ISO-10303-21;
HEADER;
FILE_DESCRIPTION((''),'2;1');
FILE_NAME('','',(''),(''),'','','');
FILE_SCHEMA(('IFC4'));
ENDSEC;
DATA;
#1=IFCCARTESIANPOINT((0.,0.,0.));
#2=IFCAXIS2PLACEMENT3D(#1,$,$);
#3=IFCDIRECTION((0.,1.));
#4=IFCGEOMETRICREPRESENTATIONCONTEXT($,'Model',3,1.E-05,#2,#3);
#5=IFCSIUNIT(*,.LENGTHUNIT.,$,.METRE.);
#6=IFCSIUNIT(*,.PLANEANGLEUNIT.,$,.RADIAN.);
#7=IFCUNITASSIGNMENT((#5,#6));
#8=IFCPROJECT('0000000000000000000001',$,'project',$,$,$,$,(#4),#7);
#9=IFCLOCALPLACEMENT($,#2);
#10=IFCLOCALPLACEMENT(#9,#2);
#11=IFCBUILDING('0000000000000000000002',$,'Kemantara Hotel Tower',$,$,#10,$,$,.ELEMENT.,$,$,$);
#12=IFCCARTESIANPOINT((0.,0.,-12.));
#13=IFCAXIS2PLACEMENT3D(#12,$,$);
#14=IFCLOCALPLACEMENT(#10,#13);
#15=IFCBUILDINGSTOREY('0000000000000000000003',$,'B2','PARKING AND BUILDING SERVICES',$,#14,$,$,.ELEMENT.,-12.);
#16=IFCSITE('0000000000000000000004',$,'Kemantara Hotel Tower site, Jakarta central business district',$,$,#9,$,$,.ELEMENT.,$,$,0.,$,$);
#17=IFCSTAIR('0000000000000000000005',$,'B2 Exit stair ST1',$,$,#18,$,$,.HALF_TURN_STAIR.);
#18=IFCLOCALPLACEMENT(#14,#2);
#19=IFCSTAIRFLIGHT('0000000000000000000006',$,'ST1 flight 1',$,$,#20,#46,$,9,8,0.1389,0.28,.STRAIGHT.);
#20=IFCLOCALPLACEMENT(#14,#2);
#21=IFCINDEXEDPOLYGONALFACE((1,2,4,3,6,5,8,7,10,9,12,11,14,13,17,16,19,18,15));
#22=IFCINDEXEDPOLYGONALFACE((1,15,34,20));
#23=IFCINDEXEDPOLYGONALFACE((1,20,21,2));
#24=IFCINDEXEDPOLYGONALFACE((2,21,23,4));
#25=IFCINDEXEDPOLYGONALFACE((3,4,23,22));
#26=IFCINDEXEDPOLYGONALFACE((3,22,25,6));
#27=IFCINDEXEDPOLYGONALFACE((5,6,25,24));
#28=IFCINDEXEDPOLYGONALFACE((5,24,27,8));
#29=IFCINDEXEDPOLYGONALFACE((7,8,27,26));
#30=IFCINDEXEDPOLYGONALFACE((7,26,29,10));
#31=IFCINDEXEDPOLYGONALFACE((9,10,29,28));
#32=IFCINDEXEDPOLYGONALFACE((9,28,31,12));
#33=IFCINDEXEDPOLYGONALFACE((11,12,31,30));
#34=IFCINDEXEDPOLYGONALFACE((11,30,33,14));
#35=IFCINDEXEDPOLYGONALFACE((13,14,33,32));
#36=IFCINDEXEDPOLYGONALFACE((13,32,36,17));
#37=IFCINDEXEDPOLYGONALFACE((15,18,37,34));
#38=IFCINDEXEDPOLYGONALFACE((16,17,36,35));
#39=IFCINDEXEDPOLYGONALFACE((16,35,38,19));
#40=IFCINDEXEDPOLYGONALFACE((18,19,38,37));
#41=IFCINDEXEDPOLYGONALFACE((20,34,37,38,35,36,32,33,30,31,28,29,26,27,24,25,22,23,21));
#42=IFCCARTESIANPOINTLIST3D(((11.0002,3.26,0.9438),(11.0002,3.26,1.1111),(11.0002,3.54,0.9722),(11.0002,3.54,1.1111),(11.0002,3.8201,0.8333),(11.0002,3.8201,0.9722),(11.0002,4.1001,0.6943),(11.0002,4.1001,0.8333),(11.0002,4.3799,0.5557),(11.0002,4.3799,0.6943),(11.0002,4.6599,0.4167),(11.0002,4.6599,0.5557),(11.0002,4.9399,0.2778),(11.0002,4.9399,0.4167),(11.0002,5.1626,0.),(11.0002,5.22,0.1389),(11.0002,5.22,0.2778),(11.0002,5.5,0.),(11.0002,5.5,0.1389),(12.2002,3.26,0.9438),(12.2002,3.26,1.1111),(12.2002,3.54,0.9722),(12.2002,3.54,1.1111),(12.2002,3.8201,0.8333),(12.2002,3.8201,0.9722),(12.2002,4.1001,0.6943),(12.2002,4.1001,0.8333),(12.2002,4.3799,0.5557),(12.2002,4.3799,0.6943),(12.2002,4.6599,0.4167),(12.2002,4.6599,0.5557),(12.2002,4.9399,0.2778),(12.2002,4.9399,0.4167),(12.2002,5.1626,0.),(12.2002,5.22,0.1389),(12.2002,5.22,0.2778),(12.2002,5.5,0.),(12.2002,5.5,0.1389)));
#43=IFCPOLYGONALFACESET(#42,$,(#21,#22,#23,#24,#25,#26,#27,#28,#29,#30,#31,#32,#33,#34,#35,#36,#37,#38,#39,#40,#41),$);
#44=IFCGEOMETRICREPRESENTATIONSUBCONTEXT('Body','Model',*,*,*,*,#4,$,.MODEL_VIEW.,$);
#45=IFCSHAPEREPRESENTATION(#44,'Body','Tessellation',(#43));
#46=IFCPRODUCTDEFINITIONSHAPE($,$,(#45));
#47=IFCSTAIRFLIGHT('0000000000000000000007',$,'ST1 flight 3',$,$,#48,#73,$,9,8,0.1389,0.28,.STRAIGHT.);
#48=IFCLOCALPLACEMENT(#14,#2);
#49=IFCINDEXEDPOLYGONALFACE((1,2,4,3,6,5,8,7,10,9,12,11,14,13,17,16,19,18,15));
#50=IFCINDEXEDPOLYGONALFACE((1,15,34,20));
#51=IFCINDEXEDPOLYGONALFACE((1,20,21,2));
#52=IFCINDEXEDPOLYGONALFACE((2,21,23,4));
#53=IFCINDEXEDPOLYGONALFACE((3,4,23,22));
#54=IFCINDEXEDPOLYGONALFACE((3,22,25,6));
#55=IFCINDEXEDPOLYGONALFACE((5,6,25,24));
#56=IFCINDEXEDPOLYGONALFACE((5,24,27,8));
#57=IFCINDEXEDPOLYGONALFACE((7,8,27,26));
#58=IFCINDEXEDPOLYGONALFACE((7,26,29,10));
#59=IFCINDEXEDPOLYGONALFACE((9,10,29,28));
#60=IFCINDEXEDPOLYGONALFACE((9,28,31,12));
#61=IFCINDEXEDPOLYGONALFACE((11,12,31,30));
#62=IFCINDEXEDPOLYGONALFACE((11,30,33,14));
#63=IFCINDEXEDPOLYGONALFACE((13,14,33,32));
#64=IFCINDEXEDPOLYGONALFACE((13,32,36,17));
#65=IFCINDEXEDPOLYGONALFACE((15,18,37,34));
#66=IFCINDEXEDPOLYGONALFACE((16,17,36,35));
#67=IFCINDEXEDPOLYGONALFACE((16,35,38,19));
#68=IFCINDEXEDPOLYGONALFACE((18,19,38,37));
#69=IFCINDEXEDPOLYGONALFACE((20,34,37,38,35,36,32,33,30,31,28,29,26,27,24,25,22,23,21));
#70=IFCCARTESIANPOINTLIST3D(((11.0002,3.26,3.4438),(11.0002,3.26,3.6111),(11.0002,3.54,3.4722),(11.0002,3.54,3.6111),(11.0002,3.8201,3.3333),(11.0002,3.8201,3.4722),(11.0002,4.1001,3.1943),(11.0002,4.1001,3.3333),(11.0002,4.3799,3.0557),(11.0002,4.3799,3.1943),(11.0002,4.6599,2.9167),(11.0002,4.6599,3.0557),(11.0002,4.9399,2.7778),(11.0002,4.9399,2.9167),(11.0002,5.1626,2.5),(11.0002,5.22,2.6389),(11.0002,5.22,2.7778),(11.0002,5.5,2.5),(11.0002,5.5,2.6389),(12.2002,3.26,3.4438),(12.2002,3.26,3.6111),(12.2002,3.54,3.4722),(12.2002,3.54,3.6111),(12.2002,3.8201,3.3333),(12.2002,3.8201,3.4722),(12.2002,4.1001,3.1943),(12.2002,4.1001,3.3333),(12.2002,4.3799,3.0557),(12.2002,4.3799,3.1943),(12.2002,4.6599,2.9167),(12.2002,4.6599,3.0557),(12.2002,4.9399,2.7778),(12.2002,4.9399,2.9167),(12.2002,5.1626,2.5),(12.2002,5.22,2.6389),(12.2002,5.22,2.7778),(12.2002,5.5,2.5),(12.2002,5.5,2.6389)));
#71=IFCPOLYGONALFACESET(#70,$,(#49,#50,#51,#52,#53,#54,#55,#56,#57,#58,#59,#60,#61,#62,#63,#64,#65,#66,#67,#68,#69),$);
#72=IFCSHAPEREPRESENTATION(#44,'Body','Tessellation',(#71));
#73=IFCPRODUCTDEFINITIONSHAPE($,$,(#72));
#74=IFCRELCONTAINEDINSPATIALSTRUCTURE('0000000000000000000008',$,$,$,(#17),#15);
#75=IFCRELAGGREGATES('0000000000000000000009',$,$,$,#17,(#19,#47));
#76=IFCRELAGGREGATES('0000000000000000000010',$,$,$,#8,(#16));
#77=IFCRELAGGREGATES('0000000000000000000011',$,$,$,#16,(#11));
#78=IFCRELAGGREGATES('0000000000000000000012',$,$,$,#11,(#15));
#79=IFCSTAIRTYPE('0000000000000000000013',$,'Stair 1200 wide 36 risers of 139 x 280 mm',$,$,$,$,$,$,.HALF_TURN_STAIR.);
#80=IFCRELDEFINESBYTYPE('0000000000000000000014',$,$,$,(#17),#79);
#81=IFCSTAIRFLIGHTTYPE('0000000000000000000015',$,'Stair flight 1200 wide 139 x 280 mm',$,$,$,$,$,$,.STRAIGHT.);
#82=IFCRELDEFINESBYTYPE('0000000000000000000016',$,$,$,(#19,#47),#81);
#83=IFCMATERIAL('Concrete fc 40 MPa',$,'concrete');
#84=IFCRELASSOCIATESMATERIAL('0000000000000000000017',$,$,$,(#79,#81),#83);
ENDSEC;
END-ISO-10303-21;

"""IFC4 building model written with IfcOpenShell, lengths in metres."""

from ifc_helpers import new_model, si_unit, direction, frame, origin, place, context, subcontext, project, spatial, polyline, outline, extrude, material, type_object, element, aggregate, save


model = new_model("IFC4")

# Units and contexts
model_context = context("Model", 3, precision=1e-05, world=origin(), true_north=direction((0.0, 1.0)))
body_context = subcontext(model_context, "Body", "Model", "MODEL_VIEW")
ifc_project = project(units=[si_unit("LENGTHUNIT", "METRE"), si_unit("PLANEANGLEUNIT", "RADIAN")], contexts=[model_context])

# Site, building, storey
site_placement = place(None, origin())
site = spatial("IfcSite", under=ifc_project, at=site_placement, Name="Kemantara Hotel Tower site, Jakarta central business district", CompositionType="ELEMENT", RefElevation=0.0)
building_placement = place(site_placement, origin())
building = spatial("IfcBuilding", under=site, at=building_placement, Name="Kemantara Hotel Tower", CompositionType="ELEMENT")
storey_placement = place(building_placement, frame((0.0, 0.0, -12.0)))
storey = spatial("IfcBuildingStorey", under=building, at=storey_placement, Name="B2", Description="PARKING AND BUILDING SERVICES", CompositionType="ELEMENT", Elevation=-12.0)

# Stair, stair flights
ifc_material_1 = material(Name="Concrete fc 40 MPa", Category="concrete")
stair_type = type_object("IfcStairType", Name="Stair 1200 wide 36 risers of 139 x 280 mm", PredefinedType="HALF_TURN_STAIR", material=ifc_material_1)
stair_placement = place(storey_placement, origin())
stair = element("IfcStair", 1, at=stair_placement, inside=storey, type_object=stair_type, Name="B2 Exit stair ST1", PredefinedType="HALF_TURN_STAIR")
stair_flight_type = type_object("IfcStairFlightType", Name="Stair flight 1200 wide 139 x 280 mm", PredefinedType="STRAIGHT", material=ifc_material_1)
stair_flight_1_placement = place(storey_placement, frame((11.6001, 5.5, 0.0), z_axis=(0.0, 0.0, 1.0), x_axis=(0.0, -1.0, 0.0)))
stair_flight_1 = element("IfcStairFlight", 2, at=stair_flight_1_placement, type_object=stair_flight_type, Name="ST1 flight 1", NumberOfRisers=9, NumberOfTreads=8, PredefinedType="STRAIGHT", RiserHeight=0.1389, TreadLength=0.28, context=body_context, shape_type="SweptSolid", body=[
    extrude(outline(polyline([(0.0, 0.0), (0.0, 0.1389), (0.28, 0.1389), (0.28, 0.2778), (0.5601, 0.2778), (0.5601, 0.4167), (0.8401, 0.4167), (0.8401, 0.5557), (1.1201, 0.5557), (1.1201, 0.6943), (1.3999, 0.6943), (1.3999, 0.8333), (1.6799, 0.8333), (1.6799, 0.9722), (1.96, 0.9722), (1.96, 1.1111), (2.24, 1.1111), (2.24, 1.25), (2.24, 0.9438), (0.3374, 0.0), (0.0, 0.0)])), frame((0.0, 0.6001, 0.0), z_axis=(0.0, -1.0, 0.0), x_axis=(1.0, 0.0, 0.0)), (0.0, 0.0, 1.0), 1.2),
])
stair_flight_2_placement = place(storey_placement, frame((11.6001, 5.5, 2.5), z_axis=(0.0, 0.0, 1.0), x_axis=(0.0, -1.0, 0.0)))
stair_flight_2 = element("IfcStairFlight", 3, at=stair_flight_2_placement, type_object=stair_flight_type, Name="ST1 flight 3", NumberOfRisers=9, NumberOfTreads=8, PredefinedType="STRAIGHT", RiserHeight=0.1389, TreadLength=0.28, context=body_context, shape_type="SweptSolid", body=[
    extrude(outline(polyline([(0.0, 0.0), (0.0, 0.1389), (0.28, 0.1389), (0.28, 0.2778), (0.5601, 0.2778), (0.5601, 0.4167), (0.8401, 0.4167), (0.8401, 0.5557), (1.1201, 0.5557), (1.1201, 0.6943), (1.3999, 0.6943), (1.3999, 0.8333), (1.6799, 0.8333), (1.6799, 0.9722), (1.96, 0.9722), (1.96, 1.1111), (2.24, 1.1111), (2.24, 1.25), (2.24, 0.9438), (0.3374, 0.0), (0.0, 0.0)])), frame((0.0, 0.6001, 0.0), z_axis=(0.0, -1.0, 0.0), x_axis=(1.0, 0.0, 0.0)), (0.0, 0.0, 1.0), 1.2),
])
aggregate(stair, [stair_flight_1, stair_flight_2])

save(model, "model.ifc")
